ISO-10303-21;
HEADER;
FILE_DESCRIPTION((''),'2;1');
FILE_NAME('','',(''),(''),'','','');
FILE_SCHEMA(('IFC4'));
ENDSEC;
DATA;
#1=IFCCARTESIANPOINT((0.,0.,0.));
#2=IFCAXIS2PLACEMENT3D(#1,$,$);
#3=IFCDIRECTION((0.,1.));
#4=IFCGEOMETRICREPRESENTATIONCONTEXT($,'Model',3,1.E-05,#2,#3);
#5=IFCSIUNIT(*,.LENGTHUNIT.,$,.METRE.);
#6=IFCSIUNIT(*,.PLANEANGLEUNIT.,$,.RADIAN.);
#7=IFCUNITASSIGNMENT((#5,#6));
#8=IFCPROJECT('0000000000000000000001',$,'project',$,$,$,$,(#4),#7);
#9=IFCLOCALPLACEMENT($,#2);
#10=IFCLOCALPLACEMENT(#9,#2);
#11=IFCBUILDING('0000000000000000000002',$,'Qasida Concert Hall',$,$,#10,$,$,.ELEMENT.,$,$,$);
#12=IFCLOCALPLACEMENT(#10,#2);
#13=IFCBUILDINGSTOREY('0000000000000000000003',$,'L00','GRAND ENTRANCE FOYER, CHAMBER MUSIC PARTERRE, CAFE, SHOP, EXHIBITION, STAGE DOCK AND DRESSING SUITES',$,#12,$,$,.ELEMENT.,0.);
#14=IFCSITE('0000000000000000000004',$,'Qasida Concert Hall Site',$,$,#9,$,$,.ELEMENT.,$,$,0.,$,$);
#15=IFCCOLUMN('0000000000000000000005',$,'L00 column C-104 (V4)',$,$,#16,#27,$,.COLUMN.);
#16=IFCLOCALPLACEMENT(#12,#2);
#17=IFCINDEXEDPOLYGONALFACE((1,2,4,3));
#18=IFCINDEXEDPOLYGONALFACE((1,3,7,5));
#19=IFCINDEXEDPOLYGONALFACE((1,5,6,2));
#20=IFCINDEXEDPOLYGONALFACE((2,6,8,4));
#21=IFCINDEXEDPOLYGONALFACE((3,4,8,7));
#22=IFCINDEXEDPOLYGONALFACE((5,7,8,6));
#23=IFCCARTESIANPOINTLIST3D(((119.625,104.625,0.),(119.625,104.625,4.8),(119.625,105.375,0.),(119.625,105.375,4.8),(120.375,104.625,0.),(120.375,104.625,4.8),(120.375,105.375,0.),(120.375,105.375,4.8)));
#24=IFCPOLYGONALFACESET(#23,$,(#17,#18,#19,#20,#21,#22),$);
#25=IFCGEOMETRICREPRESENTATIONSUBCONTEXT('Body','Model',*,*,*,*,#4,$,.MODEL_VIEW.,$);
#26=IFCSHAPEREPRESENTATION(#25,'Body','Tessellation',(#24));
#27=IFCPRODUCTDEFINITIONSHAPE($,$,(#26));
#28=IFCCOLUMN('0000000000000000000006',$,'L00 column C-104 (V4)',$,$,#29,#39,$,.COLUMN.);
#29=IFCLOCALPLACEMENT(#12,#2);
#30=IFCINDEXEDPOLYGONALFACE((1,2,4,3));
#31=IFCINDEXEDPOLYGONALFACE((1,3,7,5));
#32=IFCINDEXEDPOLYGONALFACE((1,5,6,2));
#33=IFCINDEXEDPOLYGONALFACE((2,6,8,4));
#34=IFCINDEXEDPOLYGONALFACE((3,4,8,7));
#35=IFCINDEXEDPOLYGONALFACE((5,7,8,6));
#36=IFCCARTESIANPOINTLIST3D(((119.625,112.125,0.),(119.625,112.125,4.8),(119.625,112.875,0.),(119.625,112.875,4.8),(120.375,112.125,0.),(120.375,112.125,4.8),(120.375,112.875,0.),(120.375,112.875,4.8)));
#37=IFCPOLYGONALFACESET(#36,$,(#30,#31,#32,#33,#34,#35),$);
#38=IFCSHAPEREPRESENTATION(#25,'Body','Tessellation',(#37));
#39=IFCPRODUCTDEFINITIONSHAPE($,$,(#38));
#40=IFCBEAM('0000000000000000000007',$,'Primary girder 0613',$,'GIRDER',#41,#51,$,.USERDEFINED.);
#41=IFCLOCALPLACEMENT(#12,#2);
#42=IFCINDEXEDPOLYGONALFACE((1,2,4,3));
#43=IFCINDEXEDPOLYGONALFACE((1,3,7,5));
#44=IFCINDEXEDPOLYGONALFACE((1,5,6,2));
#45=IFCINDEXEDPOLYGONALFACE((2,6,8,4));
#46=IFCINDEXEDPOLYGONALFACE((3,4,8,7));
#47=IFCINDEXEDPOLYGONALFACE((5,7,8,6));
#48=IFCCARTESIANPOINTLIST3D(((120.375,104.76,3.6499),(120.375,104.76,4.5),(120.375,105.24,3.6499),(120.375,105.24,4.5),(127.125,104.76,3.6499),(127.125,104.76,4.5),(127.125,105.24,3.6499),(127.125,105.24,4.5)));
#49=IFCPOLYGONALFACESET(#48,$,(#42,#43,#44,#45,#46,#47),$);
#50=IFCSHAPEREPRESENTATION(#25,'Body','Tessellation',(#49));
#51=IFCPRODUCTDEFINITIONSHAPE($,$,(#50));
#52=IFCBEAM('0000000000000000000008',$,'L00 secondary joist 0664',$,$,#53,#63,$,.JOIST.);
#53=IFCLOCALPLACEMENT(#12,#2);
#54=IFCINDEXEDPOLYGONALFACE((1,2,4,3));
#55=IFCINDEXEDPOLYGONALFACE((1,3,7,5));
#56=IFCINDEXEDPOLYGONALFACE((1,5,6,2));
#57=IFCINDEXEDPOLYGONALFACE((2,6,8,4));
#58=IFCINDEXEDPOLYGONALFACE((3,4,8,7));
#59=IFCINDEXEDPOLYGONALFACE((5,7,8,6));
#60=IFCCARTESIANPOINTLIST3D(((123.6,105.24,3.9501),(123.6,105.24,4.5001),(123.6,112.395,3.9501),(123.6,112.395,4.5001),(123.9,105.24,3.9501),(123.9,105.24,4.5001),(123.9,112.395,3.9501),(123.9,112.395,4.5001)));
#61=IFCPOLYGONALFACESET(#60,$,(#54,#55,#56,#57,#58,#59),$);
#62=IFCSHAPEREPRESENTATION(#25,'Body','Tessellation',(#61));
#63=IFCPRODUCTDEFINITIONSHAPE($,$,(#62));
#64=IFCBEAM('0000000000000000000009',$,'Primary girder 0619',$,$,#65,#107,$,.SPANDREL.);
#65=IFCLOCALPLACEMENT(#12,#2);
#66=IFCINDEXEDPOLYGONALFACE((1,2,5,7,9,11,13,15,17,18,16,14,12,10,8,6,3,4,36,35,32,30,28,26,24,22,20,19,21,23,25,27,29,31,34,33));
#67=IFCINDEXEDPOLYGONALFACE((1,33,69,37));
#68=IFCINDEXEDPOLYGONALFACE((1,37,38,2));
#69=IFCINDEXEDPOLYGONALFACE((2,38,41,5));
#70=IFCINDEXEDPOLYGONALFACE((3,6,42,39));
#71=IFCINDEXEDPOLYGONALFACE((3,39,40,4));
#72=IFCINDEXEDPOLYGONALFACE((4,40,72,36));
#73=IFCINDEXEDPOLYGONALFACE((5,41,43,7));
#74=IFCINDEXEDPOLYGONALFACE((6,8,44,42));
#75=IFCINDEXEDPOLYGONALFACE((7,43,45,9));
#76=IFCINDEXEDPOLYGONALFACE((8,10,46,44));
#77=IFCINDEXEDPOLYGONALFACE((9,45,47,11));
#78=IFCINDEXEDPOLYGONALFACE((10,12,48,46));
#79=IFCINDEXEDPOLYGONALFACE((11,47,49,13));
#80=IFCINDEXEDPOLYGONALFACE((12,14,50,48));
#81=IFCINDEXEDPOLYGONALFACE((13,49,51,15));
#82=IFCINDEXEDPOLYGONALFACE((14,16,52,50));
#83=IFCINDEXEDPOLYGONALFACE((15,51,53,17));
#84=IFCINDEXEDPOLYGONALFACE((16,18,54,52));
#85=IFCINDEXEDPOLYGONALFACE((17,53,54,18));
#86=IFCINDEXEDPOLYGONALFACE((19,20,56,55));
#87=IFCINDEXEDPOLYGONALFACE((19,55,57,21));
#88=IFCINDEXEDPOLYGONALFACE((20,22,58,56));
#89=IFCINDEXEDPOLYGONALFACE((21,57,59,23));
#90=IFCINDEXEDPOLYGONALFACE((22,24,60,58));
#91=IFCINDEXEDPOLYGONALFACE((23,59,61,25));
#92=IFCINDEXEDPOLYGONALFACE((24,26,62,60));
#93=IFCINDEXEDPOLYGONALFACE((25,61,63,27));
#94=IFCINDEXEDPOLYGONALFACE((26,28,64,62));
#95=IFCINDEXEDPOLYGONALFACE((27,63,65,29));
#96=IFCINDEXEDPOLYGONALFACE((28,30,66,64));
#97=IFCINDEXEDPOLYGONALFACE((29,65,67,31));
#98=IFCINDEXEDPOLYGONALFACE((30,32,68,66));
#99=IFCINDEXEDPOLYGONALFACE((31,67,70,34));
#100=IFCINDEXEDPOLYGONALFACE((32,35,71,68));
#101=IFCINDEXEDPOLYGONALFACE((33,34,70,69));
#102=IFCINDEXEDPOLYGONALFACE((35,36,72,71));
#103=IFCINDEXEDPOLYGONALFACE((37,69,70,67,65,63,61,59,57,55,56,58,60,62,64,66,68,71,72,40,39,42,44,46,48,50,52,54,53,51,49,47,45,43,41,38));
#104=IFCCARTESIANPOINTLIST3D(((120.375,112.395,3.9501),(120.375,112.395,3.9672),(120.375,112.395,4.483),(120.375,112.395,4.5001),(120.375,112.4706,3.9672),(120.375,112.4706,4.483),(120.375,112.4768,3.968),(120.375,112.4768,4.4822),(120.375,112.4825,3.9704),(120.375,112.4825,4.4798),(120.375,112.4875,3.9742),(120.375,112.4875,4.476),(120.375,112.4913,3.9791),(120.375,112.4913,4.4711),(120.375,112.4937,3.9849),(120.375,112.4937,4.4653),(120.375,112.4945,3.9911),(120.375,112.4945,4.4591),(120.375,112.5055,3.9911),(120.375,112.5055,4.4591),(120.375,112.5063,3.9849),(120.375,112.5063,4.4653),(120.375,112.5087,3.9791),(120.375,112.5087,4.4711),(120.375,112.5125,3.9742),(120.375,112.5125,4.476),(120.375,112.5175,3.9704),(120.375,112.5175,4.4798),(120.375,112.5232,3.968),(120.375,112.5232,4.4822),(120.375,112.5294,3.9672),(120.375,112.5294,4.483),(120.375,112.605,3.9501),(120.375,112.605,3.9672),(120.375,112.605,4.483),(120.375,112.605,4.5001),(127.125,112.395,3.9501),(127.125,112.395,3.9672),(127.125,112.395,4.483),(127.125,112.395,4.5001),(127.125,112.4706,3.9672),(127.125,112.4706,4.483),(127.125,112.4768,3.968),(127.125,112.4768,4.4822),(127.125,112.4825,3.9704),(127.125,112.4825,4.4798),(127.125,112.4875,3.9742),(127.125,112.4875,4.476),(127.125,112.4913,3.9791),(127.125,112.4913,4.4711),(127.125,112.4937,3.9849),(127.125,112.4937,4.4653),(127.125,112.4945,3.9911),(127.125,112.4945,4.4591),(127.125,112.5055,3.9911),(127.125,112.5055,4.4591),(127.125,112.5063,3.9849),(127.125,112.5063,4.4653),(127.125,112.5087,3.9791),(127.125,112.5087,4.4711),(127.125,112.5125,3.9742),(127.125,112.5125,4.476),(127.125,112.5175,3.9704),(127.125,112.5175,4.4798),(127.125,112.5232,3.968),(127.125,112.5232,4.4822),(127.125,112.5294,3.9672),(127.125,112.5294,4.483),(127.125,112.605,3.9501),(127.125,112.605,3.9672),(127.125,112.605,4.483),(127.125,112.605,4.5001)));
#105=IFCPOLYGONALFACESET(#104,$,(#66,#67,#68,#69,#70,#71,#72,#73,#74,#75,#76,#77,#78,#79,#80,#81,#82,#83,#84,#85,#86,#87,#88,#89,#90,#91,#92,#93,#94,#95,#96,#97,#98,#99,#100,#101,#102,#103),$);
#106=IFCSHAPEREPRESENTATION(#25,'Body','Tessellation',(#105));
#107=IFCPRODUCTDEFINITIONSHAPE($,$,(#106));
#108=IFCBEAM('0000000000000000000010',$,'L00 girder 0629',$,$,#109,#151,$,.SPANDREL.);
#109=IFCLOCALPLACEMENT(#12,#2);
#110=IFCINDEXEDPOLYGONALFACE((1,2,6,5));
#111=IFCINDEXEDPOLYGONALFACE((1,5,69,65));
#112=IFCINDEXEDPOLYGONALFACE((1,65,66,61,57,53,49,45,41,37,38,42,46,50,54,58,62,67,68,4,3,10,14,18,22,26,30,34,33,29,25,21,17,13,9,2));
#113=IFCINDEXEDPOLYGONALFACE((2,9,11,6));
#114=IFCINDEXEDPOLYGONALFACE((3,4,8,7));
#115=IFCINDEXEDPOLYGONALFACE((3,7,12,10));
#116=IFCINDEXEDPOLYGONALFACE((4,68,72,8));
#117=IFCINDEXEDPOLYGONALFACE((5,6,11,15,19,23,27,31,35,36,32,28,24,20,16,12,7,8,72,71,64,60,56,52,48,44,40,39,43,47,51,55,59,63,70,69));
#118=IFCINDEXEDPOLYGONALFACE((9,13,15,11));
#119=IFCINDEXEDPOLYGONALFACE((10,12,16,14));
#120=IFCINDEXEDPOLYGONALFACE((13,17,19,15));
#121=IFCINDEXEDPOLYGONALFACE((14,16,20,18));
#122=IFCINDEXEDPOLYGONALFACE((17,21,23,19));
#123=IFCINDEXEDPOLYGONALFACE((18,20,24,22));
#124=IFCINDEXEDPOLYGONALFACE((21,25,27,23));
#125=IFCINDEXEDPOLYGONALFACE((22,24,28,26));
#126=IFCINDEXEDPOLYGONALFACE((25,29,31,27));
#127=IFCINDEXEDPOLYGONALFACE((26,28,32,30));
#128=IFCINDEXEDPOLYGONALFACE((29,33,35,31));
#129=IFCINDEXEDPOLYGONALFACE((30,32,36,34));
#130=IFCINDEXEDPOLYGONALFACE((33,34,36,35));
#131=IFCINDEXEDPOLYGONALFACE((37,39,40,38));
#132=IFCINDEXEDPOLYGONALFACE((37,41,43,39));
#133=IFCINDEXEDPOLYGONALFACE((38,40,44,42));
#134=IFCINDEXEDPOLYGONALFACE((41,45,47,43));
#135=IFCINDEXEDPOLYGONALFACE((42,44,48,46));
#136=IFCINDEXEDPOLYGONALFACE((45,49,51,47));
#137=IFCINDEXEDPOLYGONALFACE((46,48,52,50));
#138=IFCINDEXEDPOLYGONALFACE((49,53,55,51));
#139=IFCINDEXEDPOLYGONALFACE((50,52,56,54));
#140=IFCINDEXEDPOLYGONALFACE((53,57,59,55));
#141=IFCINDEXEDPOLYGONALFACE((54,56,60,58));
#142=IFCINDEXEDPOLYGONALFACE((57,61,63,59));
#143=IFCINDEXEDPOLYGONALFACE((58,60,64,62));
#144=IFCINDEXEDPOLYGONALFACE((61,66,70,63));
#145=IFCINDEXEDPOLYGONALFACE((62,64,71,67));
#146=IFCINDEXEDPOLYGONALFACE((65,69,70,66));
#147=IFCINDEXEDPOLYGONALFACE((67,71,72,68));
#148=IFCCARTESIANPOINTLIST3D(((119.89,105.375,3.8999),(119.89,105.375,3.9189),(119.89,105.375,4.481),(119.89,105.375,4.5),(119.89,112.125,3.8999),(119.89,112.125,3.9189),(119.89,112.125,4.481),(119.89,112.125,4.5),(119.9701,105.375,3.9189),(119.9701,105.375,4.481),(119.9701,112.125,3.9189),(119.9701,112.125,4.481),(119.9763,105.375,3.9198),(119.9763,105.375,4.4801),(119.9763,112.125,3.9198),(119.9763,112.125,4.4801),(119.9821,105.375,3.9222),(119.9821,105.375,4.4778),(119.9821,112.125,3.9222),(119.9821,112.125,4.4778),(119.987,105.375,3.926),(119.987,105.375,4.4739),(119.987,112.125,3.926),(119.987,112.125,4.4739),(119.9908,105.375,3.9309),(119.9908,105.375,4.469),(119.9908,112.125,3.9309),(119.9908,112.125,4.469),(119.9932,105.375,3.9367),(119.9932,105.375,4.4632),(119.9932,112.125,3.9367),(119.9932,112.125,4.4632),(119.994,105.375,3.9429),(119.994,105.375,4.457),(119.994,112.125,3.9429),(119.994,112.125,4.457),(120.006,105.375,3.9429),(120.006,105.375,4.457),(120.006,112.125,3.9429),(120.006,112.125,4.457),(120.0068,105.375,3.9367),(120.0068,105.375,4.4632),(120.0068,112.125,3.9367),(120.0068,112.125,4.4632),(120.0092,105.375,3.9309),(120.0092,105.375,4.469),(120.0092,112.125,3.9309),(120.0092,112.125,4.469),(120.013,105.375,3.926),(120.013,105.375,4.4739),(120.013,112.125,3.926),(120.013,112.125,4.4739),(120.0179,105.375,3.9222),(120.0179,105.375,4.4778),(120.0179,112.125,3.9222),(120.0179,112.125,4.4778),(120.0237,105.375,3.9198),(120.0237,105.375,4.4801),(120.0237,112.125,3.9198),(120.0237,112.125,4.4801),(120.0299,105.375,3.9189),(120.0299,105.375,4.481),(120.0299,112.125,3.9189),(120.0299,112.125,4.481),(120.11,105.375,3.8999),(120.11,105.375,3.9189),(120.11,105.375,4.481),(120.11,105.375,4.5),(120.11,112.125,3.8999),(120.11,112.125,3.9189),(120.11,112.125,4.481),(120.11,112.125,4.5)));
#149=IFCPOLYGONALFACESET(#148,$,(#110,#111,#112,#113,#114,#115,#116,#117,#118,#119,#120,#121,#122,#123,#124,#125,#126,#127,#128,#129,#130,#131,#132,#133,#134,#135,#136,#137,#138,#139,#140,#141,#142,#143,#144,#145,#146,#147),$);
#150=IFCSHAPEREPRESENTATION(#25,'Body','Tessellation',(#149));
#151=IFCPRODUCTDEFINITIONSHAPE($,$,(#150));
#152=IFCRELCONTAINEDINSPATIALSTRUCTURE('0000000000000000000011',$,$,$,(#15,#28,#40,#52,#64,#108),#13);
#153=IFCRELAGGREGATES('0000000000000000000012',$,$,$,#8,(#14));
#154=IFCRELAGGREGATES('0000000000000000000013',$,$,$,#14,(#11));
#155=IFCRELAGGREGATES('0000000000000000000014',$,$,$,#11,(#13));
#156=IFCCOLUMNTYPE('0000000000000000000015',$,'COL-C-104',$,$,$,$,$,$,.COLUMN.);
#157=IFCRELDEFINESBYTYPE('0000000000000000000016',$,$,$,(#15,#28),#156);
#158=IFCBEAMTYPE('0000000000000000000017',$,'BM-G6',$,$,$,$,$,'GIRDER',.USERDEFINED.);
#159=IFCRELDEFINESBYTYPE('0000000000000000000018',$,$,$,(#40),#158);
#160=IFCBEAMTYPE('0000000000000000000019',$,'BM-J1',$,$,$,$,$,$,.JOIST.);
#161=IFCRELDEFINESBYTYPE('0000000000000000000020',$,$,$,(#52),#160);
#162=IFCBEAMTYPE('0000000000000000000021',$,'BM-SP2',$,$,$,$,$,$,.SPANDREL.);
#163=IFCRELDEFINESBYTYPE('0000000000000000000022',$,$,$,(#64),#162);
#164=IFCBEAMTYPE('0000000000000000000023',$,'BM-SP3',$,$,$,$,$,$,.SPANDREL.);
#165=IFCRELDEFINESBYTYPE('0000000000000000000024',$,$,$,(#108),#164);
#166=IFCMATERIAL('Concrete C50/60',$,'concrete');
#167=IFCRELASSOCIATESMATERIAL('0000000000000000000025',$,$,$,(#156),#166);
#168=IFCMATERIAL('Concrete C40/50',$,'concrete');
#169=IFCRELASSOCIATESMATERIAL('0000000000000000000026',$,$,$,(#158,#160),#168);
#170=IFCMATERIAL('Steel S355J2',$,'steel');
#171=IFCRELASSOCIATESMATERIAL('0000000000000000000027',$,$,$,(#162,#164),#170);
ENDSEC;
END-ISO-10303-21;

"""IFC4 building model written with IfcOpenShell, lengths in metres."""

from ifc_helpers import new_model, si_unit, direction, frame, origin, origin_2d, place, context, subcontext, project, spatial, rectangle, i_section, extrude, material, material_profile, profile_set, type_object, element, save


model = new_model("IFC4")

# Units and contexts
model_context = context("Model", 3, precision=1e-05, world=origin(), true_north=direction((0.0, 1.0)))
body_context = subcontext(model_context, "Body", "Model", "MODEL_VIEW")
ifc_project = project(units=[si_unit("LENGTHUNIT", "METRE"), si_unit("PLANEANGLEUNIT", "RADIAN")], contexts=[model_context])

# Site, building, storey
site_placement = place(None, origin())
site = spatial("IfcSite", under=ifc_project, at=site_placement, Name="Qasida Concert Hall Site", CompositionType="ELEMENT", RefElevation=0.0)
building_placement = place(site_placement, origin())
building = spatial("IfcBuilding", under=site, at=building_placement, Name="Qasida Concert Hall", CompositionType="ELEMENT")
storey_placement = place(building_placement, origin())
storey = spatial("IfcBuildingStorey", under=building, at=storey_placement, Name="L00", Description="GRAND ENTRANCE FOYER, CHAMBER MUSIC PARTERRE, CAFE, SHOP, EXHIBITION, STAGE DOCK AND DRESSING SUITES", CompositionType="ELEMENT", Elevation=0.0)

# Columns
ifc_material_1 = material(Name="Concrete C50/60", Category="concrete")
ifc_material_profile_1 = material_profile(ifc_material_1, rectangle(XDim=0.75, YDim=0.75, at=origin_2d()), Name="RC 750x750")
ifc_profile_set_1 = profile_set([ifc_material_profile_1], Name="Concrete C50/60")
column_type = type_object("IfcColumnType", Name="COL-C-104", PredefinedType="COLUMN", material=ifc_profile_set_1)
for number, where, z_axis, x_axis, name in (
    (1, (120.0, 105.0, 0.0), (0.0, 0.0, 1.0), (1.0, 0.0, 0.0), "L00 column C-104 (V4)"),
    (2, (120.0, 112.5, 0.0), (0.0, 0.0, 1.0), (1.0, 0.0, 0.0), "L00 column C-104 (V4)"),
):
    element("IfcColumn", number, at=place(storey_placement, frame(where, z_axis=z_axis, x_axis=x_axis)), inside=storey, type_object=column_type, Name=name, PredefinedType="COLUMN", context=body_context, shape_type="SweptSolid", body=[
        extrude(rectangle(XDim=0.75, YDim=0.75, at=origin_2d()), origin(), (0.0, 0.0, 1.0), 4.8),
    ])

# Beams
ifc_material_2 = material(Name="Concrete C40/50", Category="concrete")
ifc_material_profile_2 = material_profile(ifc_material_2, rectangle(XDim=0.48, YDim=0.8501, at=origin_2d()), Name="RC 480x850")
ifc_profile_set_2 = profile_set([ifc_material_profile_2], Name="Concrete C40/50")
beam_type_1 = type_object("IfcBeamType", Name="BM-G6", ElementType="GIRDER", PredefinedType="USERDEFINED", material=ifc_profile_set_2)
beam_1_placement = place(storey_placement, frame((120.375, 105.0, 4.075), z_axis=(1.0, 0.0, 0.0), x_axis=(0.0, 1.0, 0.0)))
element("IfcBeam", 3, at=beam_1_placement, inside=storey, type_object=beam_type_1, Name="Primary girder 0613", ObjectType="GIRDER", PredefinedType="USERDEFINED", context=body_context, shape_type="SweptSolid", body=[
    extrude(rectangle(XDim=0.48, YDim=0.8501, at=origin_2d()), origin(), (0.0, 0.0, 1.0), 6.75),
])
ifc_material_profile_3 = material_profile(ifc_material_2, rectangle(XDim=0.3, YDim=0.55, at=origin_2d()), Name="RC 300x550")
ifc_profile_set_3 = profile_set([ifc_material_profile_3], Name="Concrete C40/50")
beam_type_2 = type_object("IfcBeamType", Name="BM-J1", PredefinedType="JOIST", material=ifc_profile_set_3)
beam_2_placement = place(storey_placement, frame((123.75, 105.24, 4.2251), z_axis=(0.0, 1.0, 0.0), x_axis=(-1.0, 0.0, 0.0)))
element("IfcBeam", 4, at=beam_2_placement, inside=storey, type_object=beam_type_2, Name="L00 secondary joist 0664", PredefinedType="JOIST", context=body_context, shape_type="SweptSolid", body=[
    extrude(rectangle(XDim=0.3, YDim=0.55, at=origin_2d()), origin(), (0.0, 0.0, 1.0), 7.155),
])
ifc_material_3 = material(Name="Steel S355J2", Category="steel")
ifc_material_profile_4 = material_profile(ifc_material_3, i_section(OverallWidth=0.21, OverallDepth=0.55, WebThickness=0.011, FlangeThickness=0.0171, FilletRadius=0.0239, at=origin_2d()), Name="IPE 550")
ifc_profile_set_4 = profile_set([ifc_material_profile_4], Name="Steel S355J2")
beam_type_3 = type_object("IfcBeamType", Name="BM-SP2", PredefinedType="SPANDREL", material=ifc_profile_set_4)
beam_3_placement = place(storey_placement, frame((120.375, 112.5, 4.2251), z_axis=(1.0, 0.0, 0.0), x_axis=(0.0, 1.0, 0.0)))
element("IfcBeam", 5, at=beam_3_placement, inside=storey, type_object=beam_type_3, Name="Primary girder 0619", PredefinedType="SPANDREL", context=body_context, shape_type="SweptSolid", body=[
    extrude(i_section(OverallWidth=0.21, OverallDepth=0.55, WebThickness=0.011, FlangeThickness=0.0171, FilletRadius=0.0239, at=origin_2d()), origin(), (0.0, 0.0, 1.0), 6.75),
])
ifc_material_profile_5 = material_profile(ifc_material_3, i_section(OverallWidth=0.22, OverallDepth=0.6001, WebThickness=0.012, FlangeThickness=0.019, FilletRadius=0.0239, at=origin_2d()), Name="IPE 600")
ifc_profile_set_5 = profile_set([ifc_material_profile_5], Name="Steel S355J2")
beam_type_4 = type_object("IfcBeamType", Name="BM-SP3", PredefinedType="SPANDREL", material=ifc_profile_set_5)
beam_4_placement = place(storey_placement, frame((120.0, 105.375, 4.2), z_axis=(0.0, 1.0, 0.0), x_axis=(-1.0, 0.0, 0.0)))
element("IfcBeam", 6, at=beam_4_placement, inside=storey, type_object=beam_type_4, Name="L00 girder 0629", PredefinedType="SPANDREL", context=body_context, shape_type="SweptSolid", body=[
    extrude(i_section(OverallWidth=0.22, OverallDepth=0.6001, WebThickness=0.012, FlangeThickness=0.019, FilletRadius=0.0239, at=origin_2d()), origin(), (0.0, 0.0, 1.0), 6.75),
])

save(model, "model.ifc")
